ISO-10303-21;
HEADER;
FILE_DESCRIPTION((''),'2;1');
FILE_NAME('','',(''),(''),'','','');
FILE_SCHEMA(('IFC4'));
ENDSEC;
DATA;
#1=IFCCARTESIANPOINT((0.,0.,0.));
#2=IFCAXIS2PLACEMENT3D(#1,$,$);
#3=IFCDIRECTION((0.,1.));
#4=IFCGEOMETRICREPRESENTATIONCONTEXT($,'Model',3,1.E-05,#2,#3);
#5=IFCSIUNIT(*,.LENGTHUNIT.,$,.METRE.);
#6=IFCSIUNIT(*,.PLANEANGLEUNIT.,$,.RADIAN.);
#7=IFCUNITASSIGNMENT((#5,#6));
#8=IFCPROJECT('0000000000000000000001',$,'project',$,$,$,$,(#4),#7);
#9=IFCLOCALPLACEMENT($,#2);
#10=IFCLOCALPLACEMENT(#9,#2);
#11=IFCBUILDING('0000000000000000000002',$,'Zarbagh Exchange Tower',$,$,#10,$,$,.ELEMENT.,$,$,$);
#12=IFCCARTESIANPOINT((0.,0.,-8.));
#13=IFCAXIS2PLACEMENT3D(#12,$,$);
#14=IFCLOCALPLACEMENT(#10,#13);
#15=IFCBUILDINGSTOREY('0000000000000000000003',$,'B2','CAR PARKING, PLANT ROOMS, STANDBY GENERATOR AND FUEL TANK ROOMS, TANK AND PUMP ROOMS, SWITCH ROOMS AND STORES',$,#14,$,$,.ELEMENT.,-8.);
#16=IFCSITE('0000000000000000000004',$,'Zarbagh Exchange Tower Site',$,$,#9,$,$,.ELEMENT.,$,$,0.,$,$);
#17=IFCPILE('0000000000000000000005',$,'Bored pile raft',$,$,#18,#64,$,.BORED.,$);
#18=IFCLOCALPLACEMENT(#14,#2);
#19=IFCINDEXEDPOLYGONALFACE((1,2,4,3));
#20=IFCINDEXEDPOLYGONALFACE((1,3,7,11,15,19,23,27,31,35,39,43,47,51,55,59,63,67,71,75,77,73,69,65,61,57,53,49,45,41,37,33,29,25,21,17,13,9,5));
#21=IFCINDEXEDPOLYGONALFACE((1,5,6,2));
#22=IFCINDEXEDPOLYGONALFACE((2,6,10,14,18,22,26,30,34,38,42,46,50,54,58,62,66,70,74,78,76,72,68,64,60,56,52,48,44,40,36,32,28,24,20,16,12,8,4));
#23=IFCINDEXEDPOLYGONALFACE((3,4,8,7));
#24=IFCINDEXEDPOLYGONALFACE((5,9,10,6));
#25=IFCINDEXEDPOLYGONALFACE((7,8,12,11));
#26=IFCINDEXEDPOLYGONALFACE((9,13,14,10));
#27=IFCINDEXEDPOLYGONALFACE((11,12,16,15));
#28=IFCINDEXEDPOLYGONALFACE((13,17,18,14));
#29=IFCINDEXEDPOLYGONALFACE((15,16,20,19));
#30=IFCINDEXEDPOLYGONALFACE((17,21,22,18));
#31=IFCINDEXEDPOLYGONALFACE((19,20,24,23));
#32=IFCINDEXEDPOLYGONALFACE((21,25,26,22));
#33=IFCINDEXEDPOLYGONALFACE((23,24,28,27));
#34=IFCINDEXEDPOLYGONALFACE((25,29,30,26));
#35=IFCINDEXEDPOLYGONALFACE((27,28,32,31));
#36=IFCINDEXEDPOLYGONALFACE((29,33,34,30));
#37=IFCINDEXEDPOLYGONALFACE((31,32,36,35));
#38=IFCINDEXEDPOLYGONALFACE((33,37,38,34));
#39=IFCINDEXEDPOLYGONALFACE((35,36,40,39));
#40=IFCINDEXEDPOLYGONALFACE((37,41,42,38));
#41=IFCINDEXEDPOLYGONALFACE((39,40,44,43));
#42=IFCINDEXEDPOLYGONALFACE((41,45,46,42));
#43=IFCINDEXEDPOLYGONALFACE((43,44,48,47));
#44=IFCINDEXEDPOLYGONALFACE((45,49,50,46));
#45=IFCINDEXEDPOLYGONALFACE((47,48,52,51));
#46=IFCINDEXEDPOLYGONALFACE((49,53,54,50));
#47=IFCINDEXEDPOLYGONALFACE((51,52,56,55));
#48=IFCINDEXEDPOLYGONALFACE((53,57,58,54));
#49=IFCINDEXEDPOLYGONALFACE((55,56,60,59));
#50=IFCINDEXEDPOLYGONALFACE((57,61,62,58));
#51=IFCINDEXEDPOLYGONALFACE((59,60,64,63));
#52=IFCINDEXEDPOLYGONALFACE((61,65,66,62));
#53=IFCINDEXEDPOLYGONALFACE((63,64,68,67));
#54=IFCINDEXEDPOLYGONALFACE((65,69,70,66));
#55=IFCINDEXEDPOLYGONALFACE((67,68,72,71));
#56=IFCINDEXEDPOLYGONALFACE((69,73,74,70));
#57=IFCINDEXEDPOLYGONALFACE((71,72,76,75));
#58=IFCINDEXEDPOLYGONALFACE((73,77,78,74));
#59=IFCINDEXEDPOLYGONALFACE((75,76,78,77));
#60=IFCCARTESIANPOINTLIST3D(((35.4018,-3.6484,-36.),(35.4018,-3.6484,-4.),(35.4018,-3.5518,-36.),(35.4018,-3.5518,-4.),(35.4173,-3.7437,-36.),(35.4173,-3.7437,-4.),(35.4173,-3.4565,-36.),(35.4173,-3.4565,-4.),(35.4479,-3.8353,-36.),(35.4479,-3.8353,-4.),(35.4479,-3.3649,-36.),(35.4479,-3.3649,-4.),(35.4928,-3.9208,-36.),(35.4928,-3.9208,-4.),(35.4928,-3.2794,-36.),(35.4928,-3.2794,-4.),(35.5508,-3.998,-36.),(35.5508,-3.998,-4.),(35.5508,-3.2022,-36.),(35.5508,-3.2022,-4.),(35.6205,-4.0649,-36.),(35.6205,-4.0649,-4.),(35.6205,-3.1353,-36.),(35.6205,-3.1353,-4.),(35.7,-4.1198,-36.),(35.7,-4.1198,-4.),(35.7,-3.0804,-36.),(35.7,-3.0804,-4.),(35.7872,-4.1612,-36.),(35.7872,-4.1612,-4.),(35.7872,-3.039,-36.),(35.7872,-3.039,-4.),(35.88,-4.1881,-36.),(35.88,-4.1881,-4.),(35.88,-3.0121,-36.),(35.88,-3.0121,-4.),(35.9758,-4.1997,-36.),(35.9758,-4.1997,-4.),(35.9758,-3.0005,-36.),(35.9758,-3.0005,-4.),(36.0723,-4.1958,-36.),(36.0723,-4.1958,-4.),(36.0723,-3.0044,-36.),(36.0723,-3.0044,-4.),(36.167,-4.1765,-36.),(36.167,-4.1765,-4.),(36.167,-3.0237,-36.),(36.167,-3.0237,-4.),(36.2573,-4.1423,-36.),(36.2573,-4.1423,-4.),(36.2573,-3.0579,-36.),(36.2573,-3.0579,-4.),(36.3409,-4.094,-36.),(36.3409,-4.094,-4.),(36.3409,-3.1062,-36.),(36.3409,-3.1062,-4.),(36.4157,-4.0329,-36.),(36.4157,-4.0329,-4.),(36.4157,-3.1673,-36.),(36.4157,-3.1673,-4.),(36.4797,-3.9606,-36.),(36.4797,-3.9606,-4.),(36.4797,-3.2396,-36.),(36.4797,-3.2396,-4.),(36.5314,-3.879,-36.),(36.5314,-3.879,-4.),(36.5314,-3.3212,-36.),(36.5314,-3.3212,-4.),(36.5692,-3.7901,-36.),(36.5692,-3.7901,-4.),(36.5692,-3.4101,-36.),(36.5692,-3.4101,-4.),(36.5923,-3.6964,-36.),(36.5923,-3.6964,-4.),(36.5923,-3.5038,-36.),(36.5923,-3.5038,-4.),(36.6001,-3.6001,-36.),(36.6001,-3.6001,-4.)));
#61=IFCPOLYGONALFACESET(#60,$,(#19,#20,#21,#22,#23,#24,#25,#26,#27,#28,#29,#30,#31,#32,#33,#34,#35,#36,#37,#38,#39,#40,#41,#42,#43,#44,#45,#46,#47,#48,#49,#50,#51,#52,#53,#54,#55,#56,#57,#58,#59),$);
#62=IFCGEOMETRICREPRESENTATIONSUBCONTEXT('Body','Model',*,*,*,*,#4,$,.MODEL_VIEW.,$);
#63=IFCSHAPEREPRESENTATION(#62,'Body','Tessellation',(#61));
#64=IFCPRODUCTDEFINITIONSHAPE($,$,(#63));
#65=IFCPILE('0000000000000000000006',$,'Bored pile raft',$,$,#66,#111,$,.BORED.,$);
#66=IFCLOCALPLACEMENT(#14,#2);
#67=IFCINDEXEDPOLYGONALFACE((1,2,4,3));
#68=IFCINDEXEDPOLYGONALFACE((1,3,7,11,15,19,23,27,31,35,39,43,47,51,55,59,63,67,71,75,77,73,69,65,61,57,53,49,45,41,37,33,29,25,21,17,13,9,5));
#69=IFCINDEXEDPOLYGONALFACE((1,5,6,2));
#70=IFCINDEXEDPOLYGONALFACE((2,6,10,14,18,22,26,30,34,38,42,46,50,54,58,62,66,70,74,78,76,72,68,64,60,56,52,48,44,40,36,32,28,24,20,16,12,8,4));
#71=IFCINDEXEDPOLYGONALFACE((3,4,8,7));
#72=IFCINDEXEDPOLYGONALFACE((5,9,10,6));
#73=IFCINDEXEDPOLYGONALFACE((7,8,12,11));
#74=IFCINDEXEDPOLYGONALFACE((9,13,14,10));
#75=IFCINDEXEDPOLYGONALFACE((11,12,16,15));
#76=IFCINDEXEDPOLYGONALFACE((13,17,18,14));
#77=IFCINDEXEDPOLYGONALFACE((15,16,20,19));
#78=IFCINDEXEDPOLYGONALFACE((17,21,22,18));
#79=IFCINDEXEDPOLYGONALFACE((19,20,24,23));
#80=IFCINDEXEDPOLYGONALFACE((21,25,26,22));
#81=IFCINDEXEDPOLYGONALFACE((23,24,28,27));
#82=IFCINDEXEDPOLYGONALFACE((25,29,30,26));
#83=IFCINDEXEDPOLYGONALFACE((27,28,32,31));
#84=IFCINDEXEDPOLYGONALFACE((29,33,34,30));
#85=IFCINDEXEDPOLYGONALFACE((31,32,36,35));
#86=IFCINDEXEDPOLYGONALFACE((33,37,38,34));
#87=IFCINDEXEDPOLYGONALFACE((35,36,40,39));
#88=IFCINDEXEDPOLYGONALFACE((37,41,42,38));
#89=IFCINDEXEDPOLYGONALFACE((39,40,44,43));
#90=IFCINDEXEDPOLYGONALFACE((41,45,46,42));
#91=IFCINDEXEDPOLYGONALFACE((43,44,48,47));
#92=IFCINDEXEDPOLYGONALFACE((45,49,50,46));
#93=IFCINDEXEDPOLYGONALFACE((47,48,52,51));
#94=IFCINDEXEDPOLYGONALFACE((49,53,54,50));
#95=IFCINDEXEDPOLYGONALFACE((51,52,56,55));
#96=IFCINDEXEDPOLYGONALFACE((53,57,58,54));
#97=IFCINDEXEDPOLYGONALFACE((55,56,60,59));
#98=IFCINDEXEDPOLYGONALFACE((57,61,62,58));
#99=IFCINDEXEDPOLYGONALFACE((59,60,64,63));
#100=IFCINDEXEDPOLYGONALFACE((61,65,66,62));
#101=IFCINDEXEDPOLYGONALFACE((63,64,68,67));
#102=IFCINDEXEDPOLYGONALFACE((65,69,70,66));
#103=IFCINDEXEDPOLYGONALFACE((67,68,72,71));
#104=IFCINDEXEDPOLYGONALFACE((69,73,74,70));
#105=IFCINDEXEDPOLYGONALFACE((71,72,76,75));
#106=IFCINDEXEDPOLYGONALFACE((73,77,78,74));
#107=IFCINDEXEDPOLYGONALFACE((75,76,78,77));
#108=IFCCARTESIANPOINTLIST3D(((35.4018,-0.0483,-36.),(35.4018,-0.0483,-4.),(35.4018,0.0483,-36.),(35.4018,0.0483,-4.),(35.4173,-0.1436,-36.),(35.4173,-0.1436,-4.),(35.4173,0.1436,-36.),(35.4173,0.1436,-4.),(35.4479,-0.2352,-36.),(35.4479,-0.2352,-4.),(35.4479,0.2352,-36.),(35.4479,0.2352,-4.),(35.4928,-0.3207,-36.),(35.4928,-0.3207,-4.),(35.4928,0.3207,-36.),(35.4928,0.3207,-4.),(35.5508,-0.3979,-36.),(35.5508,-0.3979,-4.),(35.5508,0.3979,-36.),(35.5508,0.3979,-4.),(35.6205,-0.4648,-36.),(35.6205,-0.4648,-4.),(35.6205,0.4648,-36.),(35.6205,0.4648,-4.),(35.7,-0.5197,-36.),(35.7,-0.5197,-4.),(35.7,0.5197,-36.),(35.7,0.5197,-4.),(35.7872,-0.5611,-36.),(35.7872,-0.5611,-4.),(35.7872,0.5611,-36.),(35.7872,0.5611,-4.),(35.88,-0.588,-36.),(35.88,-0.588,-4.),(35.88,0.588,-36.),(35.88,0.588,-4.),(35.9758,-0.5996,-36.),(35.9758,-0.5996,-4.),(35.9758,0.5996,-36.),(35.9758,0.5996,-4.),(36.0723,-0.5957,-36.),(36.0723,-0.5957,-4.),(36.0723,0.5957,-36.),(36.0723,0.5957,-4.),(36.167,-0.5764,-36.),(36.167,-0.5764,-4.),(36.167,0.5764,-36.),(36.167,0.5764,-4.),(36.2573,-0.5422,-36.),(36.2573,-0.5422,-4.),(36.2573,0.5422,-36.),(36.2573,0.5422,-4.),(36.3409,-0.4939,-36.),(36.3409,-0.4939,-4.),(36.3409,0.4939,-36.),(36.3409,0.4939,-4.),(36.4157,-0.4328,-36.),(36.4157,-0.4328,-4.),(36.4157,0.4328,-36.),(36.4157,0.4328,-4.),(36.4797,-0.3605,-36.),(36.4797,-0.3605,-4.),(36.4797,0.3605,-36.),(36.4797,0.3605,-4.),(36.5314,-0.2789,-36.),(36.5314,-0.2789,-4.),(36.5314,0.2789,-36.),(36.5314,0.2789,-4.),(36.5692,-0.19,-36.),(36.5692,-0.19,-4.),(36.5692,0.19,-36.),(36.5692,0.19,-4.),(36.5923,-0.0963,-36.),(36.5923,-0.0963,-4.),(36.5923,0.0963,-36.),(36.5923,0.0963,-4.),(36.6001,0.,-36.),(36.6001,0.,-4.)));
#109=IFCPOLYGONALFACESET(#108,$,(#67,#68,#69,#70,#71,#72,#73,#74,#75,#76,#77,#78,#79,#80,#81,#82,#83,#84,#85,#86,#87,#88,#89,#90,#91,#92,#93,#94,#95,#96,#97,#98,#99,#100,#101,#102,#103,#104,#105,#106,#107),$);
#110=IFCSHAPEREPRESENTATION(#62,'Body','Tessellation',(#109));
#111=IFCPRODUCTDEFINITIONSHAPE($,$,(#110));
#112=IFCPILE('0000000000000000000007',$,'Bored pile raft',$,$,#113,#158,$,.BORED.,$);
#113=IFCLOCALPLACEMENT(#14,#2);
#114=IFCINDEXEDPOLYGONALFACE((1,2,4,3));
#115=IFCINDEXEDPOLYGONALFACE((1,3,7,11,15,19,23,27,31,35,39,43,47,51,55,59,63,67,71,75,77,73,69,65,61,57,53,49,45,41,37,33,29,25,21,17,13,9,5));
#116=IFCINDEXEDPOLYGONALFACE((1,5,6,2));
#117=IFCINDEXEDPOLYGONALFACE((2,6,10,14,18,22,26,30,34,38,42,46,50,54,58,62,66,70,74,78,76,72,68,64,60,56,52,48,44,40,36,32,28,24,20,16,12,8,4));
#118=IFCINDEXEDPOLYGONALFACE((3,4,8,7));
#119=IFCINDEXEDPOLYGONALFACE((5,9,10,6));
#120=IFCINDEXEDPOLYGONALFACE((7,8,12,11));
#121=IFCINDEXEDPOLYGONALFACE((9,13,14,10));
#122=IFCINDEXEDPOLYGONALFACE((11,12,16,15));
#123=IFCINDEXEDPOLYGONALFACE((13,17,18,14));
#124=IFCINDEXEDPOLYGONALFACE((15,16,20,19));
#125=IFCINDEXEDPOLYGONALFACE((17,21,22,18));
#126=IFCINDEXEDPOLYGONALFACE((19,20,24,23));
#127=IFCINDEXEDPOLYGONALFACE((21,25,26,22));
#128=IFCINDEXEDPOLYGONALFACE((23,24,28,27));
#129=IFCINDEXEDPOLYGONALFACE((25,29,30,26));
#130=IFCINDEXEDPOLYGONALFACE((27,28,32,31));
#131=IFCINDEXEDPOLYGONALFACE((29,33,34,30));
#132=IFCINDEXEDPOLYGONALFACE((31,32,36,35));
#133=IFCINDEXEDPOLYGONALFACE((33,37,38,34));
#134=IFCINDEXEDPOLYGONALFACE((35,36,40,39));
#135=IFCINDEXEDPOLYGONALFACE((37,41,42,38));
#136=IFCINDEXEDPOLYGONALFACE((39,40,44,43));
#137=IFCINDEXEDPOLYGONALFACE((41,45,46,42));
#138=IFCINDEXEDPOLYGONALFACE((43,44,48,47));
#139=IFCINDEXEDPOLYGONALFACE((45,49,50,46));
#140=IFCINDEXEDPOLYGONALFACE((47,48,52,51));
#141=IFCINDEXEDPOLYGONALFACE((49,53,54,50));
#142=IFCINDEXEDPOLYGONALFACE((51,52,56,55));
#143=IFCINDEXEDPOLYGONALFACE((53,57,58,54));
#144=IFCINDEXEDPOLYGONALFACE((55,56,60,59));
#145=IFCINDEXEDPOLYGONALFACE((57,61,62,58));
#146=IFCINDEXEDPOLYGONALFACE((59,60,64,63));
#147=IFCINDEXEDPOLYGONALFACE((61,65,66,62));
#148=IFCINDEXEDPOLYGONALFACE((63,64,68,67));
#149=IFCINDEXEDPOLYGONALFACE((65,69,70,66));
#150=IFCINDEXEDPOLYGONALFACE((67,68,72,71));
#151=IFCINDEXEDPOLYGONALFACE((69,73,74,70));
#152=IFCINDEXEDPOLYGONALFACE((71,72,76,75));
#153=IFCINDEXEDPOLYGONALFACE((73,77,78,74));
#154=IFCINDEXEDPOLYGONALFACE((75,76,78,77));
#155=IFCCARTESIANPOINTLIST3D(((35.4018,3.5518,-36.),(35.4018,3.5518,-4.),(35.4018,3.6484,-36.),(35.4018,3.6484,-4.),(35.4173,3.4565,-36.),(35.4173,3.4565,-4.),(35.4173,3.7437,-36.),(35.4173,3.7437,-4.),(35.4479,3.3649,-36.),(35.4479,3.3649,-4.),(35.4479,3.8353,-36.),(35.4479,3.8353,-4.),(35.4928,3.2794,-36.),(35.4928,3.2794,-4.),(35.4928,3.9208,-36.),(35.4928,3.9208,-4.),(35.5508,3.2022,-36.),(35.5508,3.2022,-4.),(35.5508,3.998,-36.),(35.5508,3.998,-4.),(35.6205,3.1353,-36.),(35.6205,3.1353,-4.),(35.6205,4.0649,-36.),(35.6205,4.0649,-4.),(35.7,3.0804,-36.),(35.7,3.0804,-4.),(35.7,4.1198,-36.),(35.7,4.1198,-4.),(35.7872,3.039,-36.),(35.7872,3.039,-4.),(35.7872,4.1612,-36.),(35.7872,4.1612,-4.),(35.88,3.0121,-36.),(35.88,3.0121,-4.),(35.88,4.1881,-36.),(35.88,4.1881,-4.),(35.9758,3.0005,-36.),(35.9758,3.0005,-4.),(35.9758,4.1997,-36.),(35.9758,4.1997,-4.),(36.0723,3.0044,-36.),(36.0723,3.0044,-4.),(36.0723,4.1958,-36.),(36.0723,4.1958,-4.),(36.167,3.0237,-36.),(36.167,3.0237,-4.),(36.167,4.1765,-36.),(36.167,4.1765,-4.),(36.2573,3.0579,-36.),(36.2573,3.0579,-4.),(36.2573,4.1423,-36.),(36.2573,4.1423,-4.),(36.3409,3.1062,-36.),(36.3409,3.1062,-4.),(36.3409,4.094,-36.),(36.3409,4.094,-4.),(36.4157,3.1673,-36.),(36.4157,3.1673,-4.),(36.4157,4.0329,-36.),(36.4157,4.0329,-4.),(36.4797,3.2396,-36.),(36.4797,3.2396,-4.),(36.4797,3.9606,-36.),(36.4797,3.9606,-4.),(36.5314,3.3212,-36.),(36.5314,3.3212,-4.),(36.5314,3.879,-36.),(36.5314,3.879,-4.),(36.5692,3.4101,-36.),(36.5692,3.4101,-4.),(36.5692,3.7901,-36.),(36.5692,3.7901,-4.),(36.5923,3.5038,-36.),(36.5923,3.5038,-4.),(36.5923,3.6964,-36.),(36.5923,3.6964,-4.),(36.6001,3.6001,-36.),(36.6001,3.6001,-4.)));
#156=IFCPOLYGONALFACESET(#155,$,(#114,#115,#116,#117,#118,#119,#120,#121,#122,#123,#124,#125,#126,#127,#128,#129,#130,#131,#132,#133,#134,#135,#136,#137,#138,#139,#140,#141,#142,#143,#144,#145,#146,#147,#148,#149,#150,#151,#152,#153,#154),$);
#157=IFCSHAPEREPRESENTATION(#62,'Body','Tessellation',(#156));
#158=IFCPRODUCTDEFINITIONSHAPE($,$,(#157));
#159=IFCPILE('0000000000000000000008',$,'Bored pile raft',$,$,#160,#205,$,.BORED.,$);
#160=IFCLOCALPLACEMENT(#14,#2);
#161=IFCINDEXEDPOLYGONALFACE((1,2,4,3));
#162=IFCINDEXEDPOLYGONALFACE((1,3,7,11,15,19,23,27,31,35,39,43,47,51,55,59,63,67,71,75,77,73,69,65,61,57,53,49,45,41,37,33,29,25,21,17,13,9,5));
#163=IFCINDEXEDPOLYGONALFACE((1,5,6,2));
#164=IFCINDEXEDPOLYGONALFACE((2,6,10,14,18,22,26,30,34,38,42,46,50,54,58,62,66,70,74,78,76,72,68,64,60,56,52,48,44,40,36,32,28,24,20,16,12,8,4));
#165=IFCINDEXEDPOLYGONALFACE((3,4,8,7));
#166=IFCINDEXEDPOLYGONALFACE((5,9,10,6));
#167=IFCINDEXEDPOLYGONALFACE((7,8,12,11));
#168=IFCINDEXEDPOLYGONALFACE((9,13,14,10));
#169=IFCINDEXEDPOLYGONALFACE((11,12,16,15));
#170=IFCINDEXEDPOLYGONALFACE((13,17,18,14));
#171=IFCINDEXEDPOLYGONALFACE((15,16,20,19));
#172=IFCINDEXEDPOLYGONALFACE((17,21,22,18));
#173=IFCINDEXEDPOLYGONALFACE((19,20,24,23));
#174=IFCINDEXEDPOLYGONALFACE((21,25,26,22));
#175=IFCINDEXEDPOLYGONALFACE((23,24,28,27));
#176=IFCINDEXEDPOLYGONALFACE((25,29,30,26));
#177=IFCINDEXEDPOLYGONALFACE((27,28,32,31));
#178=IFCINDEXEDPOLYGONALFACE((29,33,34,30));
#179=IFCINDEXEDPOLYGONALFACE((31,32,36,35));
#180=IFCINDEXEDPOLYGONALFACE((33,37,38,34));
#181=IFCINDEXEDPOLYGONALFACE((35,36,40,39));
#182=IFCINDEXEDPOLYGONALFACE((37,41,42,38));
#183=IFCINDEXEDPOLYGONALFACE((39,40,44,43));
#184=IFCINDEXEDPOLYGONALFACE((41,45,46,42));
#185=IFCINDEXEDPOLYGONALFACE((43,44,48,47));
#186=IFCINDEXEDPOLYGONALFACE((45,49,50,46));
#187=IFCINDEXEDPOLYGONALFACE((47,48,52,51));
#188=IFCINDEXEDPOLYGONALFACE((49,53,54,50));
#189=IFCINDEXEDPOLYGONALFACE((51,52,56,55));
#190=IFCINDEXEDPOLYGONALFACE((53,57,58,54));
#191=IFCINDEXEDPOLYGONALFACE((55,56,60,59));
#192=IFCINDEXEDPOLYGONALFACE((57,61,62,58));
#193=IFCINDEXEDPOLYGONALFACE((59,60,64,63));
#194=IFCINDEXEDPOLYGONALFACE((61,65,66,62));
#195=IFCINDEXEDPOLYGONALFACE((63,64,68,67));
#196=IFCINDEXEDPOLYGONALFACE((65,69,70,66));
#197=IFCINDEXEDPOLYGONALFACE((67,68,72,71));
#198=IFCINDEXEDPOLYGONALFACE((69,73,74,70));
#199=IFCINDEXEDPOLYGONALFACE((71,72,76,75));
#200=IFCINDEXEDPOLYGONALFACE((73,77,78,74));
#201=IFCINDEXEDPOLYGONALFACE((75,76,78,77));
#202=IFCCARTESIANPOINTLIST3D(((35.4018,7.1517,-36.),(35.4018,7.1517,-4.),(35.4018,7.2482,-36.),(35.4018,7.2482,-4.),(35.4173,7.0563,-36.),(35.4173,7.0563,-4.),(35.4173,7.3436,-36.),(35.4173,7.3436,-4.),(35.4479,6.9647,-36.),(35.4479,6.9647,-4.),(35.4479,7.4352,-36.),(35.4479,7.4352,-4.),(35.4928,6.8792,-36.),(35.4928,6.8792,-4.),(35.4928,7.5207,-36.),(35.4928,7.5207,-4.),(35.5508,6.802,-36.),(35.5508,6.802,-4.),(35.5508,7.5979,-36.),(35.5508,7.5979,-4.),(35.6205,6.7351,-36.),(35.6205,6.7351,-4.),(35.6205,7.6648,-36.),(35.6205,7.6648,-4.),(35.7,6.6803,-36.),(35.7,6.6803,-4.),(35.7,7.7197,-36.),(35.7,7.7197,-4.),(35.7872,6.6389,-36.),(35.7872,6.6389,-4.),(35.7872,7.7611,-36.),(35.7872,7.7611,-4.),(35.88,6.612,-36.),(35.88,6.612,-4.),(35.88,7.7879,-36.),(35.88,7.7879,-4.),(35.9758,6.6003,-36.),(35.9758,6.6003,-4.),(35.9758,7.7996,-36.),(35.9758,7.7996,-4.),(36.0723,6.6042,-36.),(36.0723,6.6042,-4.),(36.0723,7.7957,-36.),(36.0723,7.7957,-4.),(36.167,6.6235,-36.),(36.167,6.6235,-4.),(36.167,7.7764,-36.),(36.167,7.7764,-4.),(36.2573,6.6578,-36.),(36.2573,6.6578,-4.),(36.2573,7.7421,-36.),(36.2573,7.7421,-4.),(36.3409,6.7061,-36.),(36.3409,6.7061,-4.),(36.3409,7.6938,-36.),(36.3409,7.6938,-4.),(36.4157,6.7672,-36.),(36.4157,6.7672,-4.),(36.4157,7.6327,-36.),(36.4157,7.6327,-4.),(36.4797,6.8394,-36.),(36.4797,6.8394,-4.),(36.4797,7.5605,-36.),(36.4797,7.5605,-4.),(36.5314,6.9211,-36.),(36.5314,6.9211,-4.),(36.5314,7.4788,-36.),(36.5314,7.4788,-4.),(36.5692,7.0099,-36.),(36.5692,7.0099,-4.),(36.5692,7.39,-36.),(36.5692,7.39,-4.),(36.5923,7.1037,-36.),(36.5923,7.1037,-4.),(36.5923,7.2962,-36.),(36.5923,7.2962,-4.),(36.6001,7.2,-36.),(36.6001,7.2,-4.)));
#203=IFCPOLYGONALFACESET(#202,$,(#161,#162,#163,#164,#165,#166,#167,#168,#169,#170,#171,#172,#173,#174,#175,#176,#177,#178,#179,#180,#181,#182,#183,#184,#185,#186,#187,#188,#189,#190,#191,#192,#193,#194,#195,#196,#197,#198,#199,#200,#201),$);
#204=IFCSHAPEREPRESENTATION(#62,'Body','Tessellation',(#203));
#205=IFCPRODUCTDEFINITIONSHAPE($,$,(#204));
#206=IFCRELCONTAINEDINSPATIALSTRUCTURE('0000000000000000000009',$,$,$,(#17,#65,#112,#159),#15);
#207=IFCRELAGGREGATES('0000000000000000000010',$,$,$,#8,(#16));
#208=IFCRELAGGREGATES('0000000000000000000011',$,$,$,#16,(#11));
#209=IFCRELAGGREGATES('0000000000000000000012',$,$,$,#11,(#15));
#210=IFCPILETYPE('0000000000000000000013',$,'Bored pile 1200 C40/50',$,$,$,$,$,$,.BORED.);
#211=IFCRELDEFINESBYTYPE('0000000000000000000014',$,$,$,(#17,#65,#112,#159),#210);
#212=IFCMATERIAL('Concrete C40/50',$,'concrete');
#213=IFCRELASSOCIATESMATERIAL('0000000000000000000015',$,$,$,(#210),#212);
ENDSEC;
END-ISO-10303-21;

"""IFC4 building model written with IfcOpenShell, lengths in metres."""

from ifc_helpers import new_model, si_unit, direction, frame, origin, origin_2d, place, context, subcontext, project, spatial, circle, extrude, material, material_profile, profile_set, type_object, element, save


model = new_model("IFC4")

# Units and contexts
model_context = context("Model", 3, precision=1e-05, world=origin(), true_north=direction((0.0, 1.0)))
body_context = subcontext(model_context, "Body", "Model", "MODEL_VIEW")
ifc_project = project(units=[si_unit("LENGTHUNIT", "METRE"), si_unit("PLANEANGLEUNIT", "RADIAN")], contexts=[model_context])

# Site, building, storey
site_placement = place(None, origin())
site = spatial("IfcSite", under=ifc_project, at=site_placement, Name="Zarbagh Exchange Tower Site", CompositionType="ELEMENT", RefElevation=0.0)
building_placement = place(site_placement, origin())
building = spatial("IfcBuilding", under=site, at=building_placement, Name="Zarbagh Exchange Tower", CompositionType="ELEMENT")
storey_placement = place(building_placement, frame((0.0, 0.0, -8.0)))
storey = spatial("IfcBuildingStorey", under=building, at=storey_placement, Name="B2", Description="CAR PARKING, PLANT ROOMS, STANDBY GENERATOR AND FUEL TANK ROOMS, TANK AND PUMP ROOMS, SWITCH ROOMS AND STORES", CompositionType="ELEMENT", Elevation=-8.0)

# Piles
ifc_material_1 = material(Name="Concrete C40/50", Category="concrete")
ifc_material_profile_1 = material_profile(ifc_material_1, circle(Radius=0.6001, at=origin_2d()), Name="Bored pile 1200 C40/50")
ifc_profile_set_1 = profile_set([ifc_material_profile_1], Name="Concrete C40/50")
pile_type = type_object("IfcPileType", Name="Bored pile 1200 C40/50", PredefinedType="BORED", material=ifc_profile_set_1)
for number, where, z_axis, x_axis, name in (
    (1, (36.0, -3.6001, -4.0), (0.0, 0.0, -1.0), (1.0, 0.0, 0.0), "Bored pile raft"),
    (2, (36.0, 0.0, -4.0), (0.0, 0.0, -1.0), (1.0, 0.0, 0.0), "Bored pile raft"),
    (3, (36.0, 3.6001, -4.0), (0.0, 0.0, -1.0), (1.0, 0.0, 0.0), "Bored pile raft"),
    (4, (36.0, 7.2, -4.0), (0.0, 0.0, -1.0), (1.0, 0.0, 0.0), "Bored pile raft"),
):
    element("IfcPile", number, at=place(storey_placement, frame(where, z_axis=z_axis, x_axis=x_axis)), inside=storey, type_object=pile_type, Name=name, PredefinedType="BORED", context=body_context, shape_type="SweptSolid", body=[
        extrude(circle(Radius=0.6001, at=origin_2d()), origin(), (0.0, 0.0, 1.0), 32.0),
    ])

save(model, "model.ifc")
